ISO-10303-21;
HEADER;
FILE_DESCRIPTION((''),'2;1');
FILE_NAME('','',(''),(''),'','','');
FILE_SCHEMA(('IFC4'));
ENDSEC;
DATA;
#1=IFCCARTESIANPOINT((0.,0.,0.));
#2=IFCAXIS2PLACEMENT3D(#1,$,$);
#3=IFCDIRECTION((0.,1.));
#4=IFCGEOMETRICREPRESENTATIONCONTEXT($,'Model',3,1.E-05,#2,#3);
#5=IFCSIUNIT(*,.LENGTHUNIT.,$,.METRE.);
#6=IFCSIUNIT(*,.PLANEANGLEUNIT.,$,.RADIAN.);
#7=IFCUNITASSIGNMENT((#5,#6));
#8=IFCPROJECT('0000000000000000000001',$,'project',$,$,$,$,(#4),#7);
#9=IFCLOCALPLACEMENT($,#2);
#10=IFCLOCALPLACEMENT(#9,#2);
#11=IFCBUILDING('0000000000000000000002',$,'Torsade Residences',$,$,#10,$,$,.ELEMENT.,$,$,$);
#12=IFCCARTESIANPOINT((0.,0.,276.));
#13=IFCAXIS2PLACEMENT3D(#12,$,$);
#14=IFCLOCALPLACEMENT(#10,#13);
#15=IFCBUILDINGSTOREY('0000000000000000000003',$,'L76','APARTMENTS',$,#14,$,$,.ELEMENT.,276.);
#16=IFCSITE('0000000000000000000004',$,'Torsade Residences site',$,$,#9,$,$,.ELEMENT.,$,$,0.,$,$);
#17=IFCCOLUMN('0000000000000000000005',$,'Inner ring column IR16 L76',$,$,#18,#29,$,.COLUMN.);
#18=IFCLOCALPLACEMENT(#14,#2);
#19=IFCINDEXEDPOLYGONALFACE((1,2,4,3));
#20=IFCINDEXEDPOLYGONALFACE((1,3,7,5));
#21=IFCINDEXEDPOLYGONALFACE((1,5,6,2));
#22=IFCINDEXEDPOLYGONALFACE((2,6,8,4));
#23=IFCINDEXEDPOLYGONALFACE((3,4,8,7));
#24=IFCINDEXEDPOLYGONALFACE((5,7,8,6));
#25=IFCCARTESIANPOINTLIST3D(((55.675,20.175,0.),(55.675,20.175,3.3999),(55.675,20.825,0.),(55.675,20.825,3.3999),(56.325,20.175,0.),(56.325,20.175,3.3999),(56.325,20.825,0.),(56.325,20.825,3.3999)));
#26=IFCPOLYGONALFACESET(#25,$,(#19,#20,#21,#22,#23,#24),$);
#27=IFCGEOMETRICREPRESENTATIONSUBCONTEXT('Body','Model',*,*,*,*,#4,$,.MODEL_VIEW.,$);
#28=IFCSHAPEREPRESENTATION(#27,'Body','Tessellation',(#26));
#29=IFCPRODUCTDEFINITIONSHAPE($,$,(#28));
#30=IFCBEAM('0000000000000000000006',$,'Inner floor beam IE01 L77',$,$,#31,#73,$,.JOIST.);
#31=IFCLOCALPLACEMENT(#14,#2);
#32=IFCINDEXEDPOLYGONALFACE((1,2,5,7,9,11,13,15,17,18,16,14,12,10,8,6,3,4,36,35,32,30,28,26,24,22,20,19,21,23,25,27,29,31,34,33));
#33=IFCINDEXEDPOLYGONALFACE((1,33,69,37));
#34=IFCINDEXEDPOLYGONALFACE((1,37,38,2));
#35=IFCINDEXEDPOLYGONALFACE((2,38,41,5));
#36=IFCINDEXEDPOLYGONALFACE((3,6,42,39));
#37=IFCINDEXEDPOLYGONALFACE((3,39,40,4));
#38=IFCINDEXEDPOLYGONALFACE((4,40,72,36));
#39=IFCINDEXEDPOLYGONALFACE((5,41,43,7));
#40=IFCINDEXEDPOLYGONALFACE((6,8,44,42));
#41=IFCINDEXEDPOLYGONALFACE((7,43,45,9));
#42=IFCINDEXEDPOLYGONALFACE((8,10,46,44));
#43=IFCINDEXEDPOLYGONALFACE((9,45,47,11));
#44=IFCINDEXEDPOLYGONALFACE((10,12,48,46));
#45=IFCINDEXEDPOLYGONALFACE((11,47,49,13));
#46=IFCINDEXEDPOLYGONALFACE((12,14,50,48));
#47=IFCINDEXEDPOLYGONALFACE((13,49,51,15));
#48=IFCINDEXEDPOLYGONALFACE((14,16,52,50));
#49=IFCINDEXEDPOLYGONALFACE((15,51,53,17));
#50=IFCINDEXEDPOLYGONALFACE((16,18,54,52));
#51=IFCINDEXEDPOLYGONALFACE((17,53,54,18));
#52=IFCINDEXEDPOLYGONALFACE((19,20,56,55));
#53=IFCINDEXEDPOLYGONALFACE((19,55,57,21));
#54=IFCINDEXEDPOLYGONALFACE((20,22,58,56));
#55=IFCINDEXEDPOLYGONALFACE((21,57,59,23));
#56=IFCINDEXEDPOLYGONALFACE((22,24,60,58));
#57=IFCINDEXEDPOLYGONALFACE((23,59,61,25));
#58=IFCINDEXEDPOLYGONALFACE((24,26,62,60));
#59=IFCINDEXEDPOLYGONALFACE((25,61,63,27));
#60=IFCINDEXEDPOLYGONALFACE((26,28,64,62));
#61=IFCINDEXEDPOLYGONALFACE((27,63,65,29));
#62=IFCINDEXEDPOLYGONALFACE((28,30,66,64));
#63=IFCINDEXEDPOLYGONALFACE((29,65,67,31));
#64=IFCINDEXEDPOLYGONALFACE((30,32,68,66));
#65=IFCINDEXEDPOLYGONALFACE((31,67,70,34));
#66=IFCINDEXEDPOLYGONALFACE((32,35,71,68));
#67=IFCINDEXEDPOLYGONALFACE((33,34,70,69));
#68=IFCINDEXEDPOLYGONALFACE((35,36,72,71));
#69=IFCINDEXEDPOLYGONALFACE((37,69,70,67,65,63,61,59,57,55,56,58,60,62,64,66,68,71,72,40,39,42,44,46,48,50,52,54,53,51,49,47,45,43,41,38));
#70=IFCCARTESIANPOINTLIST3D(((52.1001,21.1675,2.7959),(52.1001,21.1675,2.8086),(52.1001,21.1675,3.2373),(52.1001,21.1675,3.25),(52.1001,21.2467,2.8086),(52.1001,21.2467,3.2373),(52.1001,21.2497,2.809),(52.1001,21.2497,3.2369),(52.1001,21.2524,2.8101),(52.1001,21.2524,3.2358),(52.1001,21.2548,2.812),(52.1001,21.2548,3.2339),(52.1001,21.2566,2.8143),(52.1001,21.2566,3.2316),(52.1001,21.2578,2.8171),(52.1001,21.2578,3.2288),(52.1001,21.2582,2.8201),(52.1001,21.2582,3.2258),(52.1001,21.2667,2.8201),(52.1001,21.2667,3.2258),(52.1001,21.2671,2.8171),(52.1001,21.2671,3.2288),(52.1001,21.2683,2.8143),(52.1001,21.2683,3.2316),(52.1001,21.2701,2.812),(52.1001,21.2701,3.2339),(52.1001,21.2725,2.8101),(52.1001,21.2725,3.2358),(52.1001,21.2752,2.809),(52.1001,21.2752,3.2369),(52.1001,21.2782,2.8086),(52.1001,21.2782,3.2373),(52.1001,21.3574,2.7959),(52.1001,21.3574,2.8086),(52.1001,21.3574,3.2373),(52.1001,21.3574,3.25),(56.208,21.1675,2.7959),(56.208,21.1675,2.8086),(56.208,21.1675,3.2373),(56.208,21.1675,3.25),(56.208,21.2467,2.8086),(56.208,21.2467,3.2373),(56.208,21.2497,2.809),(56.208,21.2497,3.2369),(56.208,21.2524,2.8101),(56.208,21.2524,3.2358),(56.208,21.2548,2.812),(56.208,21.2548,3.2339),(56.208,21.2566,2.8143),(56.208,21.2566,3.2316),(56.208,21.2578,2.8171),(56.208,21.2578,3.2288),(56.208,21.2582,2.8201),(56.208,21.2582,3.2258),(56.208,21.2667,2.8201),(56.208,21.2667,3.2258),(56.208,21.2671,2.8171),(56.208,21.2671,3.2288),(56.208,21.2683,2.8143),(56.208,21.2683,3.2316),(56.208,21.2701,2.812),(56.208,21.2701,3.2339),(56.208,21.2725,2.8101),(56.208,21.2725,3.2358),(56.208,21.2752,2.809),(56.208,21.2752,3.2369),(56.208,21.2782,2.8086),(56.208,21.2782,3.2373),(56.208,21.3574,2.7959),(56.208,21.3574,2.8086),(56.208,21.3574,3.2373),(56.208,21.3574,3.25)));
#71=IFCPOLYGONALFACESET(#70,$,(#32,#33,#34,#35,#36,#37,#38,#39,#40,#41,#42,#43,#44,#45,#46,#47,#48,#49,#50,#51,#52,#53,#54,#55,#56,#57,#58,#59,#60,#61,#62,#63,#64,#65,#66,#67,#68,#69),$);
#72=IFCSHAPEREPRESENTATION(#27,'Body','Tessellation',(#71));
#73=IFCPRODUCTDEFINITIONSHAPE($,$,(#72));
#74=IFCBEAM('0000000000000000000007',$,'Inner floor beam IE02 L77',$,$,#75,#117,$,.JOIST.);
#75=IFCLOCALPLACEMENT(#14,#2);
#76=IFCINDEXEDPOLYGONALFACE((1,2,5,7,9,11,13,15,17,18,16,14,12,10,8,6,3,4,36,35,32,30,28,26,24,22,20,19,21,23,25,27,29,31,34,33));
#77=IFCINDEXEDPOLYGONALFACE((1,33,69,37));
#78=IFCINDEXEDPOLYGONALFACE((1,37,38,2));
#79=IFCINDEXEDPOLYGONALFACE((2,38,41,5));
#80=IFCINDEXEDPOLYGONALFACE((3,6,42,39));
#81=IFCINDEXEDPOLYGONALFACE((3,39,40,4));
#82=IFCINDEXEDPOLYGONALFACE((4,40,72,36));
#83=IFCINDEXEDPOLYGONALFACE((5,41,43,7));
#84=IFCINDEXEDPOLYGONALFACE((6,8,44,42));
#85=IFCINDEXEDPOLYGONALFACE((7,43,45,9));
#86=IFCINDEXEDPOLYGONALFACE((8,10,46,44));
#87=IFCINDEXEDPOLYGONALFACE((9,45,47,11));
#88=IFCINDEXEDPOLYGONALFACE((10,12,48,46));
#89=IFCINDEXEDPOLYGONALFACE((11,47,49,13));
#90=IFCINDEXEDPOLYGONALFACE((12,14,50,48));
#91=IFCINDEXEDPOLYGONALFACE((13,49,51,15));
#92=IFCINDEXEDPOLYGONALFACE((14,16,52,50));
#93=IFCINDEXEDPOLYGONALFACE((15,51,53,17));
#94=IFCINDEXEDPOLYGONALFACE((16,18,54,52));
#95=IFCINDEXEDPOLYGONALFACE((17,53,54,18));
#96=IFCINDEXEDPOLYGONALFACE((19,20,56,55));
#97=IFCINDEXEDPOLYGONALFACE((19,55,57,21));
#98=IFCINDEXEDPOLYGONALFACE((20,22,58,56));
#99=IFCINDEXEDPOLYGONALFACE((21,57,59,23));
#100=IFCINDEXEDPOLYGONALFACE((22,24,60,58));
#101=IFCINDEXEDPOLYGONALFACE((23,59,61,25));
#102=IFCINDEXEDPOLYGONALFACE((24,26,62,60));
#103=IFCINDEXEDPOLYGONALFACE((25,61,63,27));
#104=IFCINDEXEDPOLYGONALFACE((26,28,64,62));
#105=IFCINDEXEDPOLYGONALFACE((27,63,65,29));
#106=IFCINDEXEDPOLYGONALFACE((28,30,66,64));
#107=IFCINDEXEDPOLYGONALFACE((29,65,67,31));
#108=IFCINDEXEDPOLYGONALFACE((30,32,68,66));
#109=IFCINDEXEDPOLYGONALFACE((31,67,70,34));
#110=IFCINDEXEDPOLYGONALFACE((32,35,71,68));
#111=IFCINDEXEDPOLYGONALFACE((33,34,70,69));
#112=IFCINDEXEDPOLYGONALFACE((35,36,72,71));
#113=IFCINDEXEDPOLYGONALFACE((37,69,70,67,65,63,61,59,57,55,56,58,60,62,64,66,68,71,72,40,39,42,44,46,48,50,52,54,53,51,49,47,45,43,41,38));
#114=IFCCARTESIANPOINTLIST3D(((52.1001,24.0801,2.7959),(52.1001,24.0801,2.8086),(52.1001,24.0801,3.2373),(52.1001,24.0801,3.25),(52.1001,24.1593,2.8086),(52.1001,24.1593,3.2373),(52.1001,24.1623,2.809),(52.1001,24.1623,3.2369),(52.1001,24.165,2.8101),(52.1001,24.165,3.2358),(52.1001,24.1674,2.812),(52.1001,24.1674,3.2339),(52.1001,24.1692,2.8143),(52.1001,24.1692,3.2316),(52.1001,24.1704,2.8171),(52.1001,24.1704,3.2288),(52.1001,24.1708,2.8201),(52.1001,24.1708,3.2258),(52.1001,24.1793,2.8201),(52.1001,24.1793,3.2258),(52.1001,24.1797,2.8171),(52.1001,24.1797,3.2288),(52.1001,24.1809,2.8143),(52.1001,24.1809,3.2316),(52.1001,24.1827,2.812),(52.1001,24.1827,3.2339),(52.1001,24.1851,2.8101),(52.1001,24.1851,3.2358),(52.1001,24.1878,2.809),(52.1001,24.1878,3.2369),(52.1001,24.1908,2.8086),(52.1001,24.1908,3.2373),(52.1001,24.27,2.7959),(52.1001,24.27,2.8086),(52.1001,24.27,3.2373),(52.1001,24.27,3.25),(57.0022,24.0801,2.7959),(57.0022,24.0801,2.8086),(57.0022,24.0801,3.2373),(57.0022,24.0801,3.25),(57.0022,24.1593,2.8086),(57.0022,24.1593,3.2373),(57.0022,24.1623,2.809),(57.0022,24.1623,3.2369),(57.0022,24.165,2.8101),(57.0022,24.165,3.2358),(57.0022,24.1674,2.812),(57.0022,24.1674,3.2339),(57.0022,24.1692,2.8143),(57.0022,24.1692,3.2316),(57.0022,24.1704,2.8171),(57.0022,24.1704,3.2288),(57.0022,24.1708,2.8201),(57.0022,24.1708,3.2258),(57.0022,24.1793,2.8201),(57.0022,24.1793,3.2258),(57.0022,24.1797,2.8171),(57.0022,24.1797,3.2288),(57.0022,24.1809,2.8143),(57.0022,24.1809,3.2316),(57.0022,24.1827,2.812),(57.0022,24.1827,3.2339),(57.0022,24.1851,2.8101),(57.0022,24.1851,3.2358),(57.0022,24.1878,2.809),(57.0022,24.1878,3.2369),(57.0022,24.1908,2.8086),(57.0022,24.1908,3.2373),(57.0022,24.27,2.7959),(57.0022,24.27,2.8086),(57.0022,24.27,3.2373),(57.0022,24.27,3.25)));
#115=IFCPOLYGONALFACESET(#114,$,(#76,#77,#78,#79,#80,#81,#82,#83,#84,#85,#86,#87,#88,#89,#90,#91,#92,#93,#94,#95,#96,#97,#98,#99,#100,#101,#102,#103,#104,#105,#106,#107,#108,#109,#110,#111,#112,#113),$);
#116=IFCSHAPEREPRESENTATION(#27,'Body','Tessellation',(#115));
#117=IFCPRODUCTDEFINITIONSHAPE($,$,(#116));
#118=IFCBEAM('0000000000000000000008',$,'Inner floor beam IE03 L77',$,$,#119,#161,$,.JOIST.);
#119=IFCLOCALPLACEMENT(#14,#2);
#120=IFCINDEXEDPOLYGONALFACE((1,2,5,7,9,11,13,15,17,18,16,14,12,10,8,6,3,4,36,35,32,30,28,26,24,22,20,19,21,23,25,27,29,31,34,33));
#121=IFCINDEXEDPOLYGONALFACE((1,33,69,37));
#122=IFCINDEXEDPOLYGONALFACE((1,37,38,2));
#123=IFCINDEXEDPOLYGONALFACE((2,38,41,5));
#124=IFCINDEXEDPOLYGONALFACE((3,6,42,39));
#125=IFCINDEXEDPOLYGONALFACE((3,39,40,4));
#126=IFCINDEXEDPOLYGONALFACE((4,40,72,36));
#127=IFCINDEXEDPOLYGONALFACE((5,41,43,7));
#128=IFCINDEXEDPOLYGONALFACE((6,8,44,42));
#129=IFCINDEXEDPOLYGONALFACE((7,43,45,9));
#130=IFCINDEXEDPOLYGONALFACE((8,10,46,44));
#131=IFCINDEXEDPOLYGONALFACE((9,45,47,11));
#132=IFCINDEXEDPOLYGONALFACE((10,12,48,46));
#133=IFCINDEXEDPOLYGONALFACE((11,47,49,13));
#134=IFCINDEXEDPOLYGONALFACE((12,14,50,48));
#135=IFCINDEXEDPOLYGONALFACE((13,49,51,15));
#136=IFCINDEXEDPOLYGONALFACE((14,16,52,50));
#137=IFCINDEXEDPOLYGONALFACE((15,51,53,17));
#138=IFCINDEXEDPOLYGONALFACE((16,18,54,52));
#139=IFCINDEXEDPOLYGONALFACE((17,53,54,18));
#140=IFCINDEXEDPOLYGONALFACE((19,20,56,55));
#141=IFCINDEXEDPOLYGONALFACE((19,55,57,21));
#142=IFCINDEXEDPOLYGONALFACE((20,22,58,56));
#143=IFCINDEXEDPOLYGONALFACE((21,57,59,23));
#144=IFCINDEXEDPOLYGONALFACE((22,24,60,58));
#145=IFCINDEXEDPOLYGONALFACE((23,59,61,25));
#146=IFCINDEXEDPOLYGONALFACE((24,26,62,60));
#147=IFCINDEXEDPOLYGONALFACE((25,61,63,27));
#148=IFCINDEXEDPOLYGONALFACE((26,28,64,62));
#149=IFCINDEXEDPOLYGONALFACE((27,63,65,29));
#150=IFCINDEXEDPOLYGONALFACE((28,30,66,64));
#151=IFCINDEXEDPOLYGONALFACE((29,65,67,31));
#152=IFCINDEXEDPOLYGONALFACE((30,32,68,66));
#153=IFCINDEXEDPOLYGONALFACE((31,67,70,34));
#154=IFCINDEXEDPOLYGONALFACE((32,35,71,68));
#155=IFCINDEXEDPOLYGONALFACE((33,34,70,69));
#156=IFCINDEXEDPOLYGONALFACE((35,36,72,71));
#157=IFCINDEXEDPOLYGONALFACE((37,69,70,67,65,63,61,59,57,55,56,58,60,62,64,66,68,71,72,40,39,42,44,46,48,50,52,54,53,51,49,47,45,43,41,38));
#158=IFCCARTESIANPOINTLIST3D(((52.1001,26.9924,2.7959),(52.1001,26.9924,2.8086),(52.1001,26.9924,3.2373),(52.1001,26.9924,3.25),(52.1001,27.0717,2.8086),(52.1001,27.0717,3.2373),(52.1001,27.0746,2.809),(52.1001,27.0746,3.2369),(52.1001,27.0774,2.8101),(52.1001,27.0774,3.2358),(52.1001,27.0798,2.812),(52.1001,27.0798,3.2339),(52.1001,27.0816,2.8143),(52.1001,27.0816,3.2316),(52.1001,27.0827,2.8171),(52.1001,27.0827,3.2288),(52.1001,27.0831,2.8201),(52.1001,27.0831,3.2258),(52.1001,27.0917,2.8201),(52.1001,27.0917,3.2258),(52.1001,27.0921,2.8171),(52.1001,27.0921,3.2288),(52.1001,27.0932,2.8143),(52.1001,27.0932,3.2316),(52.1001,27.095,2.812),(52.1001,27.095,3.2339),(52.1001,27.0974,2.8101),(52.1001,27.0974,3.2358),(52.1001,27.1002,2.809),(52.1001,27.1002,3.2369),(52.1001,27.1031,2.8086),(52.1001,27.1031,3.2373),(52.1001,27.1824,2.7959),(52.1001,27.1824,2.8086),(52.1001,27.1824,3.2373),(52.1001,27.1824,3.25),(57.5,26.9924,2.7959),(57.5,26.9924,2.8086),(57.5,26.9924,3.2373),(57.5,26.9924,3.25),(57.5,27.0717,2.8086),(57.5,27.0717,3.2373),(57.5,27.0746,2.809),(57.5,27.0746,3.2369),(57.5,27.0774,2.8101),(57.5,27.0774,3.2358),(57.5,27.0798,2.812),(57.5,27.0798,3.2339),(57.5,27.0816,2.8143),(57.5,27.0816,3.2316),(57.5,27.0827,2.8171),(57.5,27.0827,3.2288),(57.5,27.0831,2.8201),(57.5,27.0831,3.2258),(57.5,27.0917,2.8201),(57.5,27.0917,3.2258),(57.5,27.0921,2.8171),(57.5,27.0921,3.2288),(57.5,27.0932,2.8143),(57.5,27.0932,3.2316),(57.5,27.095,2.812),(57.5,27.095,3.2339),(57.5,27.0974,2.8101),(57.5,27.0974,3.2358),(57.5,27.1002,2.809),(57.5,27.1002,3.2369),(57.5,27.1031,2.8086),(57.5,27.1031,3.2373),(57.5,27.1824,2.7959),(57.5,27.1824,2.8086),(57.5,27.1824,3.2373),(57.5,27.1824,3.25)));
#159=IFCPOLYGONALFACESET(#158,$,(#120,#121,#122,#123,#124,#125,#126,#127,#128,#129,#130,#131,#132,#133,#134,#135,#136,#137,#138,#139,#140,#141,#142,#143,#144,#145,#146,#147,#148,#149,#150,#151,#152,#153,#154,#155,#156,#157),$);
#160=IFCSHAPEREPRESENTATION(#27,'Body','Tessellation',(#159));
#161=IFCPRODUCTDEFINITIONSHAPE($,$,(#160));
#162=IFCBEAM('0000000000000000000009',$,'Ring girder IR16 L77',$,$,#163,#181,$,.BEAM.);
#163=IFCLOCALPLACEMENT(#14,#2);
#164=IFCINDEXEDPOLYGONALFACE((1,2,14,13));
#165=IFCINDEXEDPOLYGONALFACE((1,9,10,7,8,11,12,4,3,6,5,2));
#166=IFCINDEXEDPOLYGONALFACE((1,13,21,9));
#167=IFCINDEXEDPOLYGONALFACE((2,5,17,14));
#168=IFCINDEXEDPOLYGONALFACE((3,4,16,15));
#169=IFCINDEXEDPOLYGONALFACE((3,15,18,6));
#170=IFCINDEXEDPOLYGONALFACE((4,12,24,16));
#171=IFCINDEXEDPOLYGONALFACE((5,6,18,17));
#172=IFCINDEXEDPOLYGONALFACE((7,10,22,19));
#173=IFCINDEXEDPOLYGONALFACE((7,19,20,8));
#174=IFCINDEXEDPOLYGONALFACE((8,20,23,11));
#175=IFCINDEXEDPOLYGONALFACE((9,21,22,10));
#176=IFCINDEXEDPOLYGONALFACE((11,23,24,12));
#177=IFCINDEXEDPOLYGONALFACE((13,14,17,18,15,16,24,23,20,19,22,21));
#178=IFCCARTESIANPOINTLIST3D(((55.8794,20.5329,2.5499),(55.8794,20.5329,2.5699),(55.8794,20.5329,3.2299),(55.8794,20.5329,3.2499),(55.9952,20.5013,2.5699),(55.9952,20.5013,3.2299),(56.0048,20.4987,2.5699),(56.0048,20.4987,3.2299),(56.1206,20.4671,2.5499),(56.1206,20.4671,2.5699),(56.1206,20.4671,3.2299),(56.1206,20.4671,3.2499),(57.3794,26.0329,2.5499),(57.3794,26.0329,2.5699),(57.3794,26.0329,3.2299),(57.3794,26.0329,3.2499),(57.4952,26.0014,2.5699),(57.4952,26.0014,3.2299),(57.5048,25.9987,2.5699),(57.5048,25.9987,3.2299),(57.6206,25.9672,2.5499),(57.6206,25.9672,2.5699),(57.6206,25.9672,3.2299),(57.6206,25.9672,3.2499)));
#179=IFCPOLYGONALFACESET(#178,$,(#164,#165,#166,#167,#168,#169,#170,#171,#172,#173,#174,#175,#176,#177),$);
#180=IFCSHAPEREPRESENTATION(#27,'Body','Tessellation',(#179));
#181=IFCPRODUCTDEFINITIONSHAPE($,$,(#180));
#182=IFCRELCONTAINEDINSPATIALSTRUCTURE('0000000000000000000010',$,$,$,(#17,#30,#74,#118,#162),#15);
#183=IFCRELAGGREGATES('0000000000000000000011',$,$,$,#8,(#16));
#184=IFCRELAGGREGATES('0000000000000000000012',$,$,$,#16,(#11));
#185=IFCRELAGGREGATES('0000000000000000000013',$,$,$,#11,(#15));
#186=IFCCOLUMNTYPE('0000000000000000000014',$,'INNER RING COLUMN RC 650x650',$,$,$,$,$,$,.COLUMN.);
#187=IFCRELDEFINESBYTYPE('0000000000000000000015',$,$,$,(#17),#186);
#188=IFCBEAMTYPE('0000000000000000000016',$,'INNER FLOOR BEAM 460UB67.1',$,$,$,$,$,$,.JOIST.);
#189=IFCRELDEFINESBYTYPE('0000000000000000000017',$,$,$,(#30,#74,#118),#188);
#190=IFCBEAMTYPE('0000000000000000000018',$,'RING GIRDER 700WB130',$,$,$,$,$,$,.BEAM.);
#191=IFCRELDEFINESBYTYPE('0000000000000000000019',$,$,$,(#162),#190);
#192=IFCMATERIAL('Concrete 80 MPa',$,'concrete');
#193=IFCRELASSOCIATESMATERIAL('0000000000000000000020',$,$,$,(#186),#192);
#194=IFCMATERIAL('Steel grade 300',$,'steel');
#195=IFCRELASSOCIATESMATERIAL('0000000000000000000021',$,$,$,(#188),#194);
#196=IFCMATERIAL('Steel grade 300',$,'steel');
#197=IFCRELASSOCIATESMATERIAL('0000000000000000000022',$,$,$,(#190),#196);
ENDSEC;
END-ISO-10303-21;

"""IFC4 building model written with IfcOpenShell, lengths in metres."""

from ifc_helpers import new_model, si_unit, direction, frame, origin, origin_2d, place, context, subcontext, project, spatial, rectangle, i_section, extrude, material, material_profile, profile_set, type_object, element, save


model = new_model("IFC4")

# Units and contexts
model_context = context("Model", 3, precision=1e-05, world=origin(), true_north=direction((0.0, 1.0)))
body_context = subcontext(model_context, "Body", "Model", "MODEL_VIEW")
ifc_project = project(units=[si_unit("LENGTHUNIT", "METRE"), si_unit("PLANEANGLEUNIT", "RADIAN")], contexts=[model_context])

# Site, building, storey
site_placement = place(None, origin())
site = spatial("IfcSite", under=ifc_project, at=site_placement, Name="Torsade Residences site", CompositionType="ELEMENT", RefElevation=0.0)
building_placement = place(site_placement, origin())
building = spatial("IfcBuilding", under=site, at=building_placement, Name="Torsade Residences", CompositionType="ELEMENT")
storey_placement = place(building_placement, frame((0.0, 0.0, 276.0)))
storey = spatial("IfcBuildingStorey", under=building, at=storey_placement, Name="L76", Description="APARTMENTS", CompositionType="ELEMENT", Elevation=276.0)

# Column
ifc_material_1 = material(Name="Concrete 80 MPa", Category="concrete")
ifc_material_profile_1 = material_profile(ifc_material_1, rectangle(XDim=0.6499, YDim=0.6499, at=origin_2d()), Name="RC 650x650")
ifc_profile_set_1 = profile_set([ifc_material_profile_1], Name="Concrete 80 MPa")
column_type = type_object("IfcColumnType", Name="INNER RING COLUMN RC 650x650", PredefinedType="COLUMN", material=ifc_profile_set_1)
column_placement = place(storey_placement, frame((56.0, 20.5, 0.0), z_axis=(0.0, 0.0, 1.0), x_axis=(1.0, 0.0, 0.0)))
element("IfcColumn", 1, at=column_placement, inside=storey, type_object=column_type, Name="Inner ring column IR16 L76", PredefinedType="COLUMN", context=body_context, shape_type="SweptSolid", body=[
    extrude(rectangle(XDim=0.6499, YDim=0.6499, at=origin_2d()), origin(), (0.0, 0.0, 1.0), 3.3999),
])

# Beams
ifc_material_2 = material(Name="Steel grade 300", Category="steel")
ifc_material_profile_2 = material_profile(ifc_material_2, i_section(OverallWidth=0.1899, OverallDepth=0.4541, WebThickness=0.0085, FlangeThickness=0.0127, FilletRadius=0.0115, at=origin_2d()), Name="460UB67.1")
ifc_profile_set_2 = profile_set([ifc_material_profile_2], Name="Steel grade 300")
beam_type_1 = type_object("IfcBeamType", Name="INNER FLOOR BEAM 460UB67.1", PredefinedType="JOIST", material=ifc_profile_set_2)
beam_1_placement = place(storey_placement, frame((52.1001, 21.2625, 3.0229), z_axis=(1.0, 0.0, 0.0), x_axis=(0.0, 1.0, 0.0)))
element("IfcBeam", 2, at=beam_1_placement, inside=storey, type_object=beam_type_1, Name="Inner floor beam IE01 L77", PredefinedType="JOIST", context=body_context, shape_type="SweptSolid", body=[
    extrude(i_section(OverallWidth=0.1899, OverallDepth=0.4541, WebThickness=0.0085, FlangeThickness=0.0127, FilletRadius=0.0115, at=origin_2d()), origin(), (0.0, 0.0, 1.0), 4.1079),
])
beam_2_placement = place(storey_placement, frame((52.1001, 24.175, 3.0229), z_axis=(1.0, 0.0, 0.0), x_axis=(0.0, 1.0, 0.0)))
element("IfcBeam", 3, at=beam_2_placement, inside=storey, type_object=beam_type_1, Name="Inner floor beam IE02 L77", PredefinedType="JOIST", context=body_context, shape_type="SweptSolid", body=[
    extrude(i_section(OverallWidth=0.1899, OverallDepth=0.4541, WebThickness=0.0085, FlangeThickness=0.0127, FilletRadius=0.0115, at=origin_2d()), origin(), (0.0, 0.0, 1.0), 4.9021),
])
beam_3_placement = place(storey_placement, frame((52.1001, 27.0874, 3.0229), z_axis=(1.0, 0.0, 0.0), x_axis=(0.0, 1.0, 0.0)))
element("IfcBeam", 4, at=beam_3_placement, inside=storey, type_object=beam_type_1, Name="Inner floor beam IE03 L77", PredefinedType="JOIST", context=body_context, shape_type="SweptSolid", body=[
    extrude(i_section(OverallWidth=0.1899, OverallDepth=0.4541, WebThickness=0.0085, FlangeThickness=0.0127, FilletRadius=0.0115, at=origin_2d()), origin(), (0.0, 0.0, 1.0), 5.3999),
])
ifc_material_3 = material(Name="Steel grade 300", Category="steel")
ifc_material_profile_3 = material_profile(ifc_material_3, i_section(OverallWidth=0.25, OverallDepth=0.7, WebThickness=0.01, FlangeThickness=0.02, at=origin_2d()), Name="700WB130")
ifc_profile_set_3 = profile_set([ifc_material_profile_3], Name="Steel grade 300")
beam_type_2 = type_object("IfcBeamType", Name="RING GIRDER 700WB130", PredefinedType="BEAM", material=ifc_profile_set_3)
beam_4_placement = place(storey_placement, frame((56.0, 20.5, 2.8999), z_axis=(0.263117, 0.964764, 0.0), x_axis=(-0.964764, 0.263117, 0.0)))
element("IfcBeam", 5, at=beam_4_placement, inside=storey, type_object=beam_type_2, Name="Ring girder IR16 L77", PredefinedType="BEAM", context=body_context, shape_type="SweptSolid", body=[
    extrude(i_section(OverallWidth=0.25, OverallDepth=0.7, WebThickness=0.01, FlangeThickness=0.02, at=origin_2d()), origin(), (0.0, 0.0, 1.0), 5.7009),
])

save(model, "model.ifc")
